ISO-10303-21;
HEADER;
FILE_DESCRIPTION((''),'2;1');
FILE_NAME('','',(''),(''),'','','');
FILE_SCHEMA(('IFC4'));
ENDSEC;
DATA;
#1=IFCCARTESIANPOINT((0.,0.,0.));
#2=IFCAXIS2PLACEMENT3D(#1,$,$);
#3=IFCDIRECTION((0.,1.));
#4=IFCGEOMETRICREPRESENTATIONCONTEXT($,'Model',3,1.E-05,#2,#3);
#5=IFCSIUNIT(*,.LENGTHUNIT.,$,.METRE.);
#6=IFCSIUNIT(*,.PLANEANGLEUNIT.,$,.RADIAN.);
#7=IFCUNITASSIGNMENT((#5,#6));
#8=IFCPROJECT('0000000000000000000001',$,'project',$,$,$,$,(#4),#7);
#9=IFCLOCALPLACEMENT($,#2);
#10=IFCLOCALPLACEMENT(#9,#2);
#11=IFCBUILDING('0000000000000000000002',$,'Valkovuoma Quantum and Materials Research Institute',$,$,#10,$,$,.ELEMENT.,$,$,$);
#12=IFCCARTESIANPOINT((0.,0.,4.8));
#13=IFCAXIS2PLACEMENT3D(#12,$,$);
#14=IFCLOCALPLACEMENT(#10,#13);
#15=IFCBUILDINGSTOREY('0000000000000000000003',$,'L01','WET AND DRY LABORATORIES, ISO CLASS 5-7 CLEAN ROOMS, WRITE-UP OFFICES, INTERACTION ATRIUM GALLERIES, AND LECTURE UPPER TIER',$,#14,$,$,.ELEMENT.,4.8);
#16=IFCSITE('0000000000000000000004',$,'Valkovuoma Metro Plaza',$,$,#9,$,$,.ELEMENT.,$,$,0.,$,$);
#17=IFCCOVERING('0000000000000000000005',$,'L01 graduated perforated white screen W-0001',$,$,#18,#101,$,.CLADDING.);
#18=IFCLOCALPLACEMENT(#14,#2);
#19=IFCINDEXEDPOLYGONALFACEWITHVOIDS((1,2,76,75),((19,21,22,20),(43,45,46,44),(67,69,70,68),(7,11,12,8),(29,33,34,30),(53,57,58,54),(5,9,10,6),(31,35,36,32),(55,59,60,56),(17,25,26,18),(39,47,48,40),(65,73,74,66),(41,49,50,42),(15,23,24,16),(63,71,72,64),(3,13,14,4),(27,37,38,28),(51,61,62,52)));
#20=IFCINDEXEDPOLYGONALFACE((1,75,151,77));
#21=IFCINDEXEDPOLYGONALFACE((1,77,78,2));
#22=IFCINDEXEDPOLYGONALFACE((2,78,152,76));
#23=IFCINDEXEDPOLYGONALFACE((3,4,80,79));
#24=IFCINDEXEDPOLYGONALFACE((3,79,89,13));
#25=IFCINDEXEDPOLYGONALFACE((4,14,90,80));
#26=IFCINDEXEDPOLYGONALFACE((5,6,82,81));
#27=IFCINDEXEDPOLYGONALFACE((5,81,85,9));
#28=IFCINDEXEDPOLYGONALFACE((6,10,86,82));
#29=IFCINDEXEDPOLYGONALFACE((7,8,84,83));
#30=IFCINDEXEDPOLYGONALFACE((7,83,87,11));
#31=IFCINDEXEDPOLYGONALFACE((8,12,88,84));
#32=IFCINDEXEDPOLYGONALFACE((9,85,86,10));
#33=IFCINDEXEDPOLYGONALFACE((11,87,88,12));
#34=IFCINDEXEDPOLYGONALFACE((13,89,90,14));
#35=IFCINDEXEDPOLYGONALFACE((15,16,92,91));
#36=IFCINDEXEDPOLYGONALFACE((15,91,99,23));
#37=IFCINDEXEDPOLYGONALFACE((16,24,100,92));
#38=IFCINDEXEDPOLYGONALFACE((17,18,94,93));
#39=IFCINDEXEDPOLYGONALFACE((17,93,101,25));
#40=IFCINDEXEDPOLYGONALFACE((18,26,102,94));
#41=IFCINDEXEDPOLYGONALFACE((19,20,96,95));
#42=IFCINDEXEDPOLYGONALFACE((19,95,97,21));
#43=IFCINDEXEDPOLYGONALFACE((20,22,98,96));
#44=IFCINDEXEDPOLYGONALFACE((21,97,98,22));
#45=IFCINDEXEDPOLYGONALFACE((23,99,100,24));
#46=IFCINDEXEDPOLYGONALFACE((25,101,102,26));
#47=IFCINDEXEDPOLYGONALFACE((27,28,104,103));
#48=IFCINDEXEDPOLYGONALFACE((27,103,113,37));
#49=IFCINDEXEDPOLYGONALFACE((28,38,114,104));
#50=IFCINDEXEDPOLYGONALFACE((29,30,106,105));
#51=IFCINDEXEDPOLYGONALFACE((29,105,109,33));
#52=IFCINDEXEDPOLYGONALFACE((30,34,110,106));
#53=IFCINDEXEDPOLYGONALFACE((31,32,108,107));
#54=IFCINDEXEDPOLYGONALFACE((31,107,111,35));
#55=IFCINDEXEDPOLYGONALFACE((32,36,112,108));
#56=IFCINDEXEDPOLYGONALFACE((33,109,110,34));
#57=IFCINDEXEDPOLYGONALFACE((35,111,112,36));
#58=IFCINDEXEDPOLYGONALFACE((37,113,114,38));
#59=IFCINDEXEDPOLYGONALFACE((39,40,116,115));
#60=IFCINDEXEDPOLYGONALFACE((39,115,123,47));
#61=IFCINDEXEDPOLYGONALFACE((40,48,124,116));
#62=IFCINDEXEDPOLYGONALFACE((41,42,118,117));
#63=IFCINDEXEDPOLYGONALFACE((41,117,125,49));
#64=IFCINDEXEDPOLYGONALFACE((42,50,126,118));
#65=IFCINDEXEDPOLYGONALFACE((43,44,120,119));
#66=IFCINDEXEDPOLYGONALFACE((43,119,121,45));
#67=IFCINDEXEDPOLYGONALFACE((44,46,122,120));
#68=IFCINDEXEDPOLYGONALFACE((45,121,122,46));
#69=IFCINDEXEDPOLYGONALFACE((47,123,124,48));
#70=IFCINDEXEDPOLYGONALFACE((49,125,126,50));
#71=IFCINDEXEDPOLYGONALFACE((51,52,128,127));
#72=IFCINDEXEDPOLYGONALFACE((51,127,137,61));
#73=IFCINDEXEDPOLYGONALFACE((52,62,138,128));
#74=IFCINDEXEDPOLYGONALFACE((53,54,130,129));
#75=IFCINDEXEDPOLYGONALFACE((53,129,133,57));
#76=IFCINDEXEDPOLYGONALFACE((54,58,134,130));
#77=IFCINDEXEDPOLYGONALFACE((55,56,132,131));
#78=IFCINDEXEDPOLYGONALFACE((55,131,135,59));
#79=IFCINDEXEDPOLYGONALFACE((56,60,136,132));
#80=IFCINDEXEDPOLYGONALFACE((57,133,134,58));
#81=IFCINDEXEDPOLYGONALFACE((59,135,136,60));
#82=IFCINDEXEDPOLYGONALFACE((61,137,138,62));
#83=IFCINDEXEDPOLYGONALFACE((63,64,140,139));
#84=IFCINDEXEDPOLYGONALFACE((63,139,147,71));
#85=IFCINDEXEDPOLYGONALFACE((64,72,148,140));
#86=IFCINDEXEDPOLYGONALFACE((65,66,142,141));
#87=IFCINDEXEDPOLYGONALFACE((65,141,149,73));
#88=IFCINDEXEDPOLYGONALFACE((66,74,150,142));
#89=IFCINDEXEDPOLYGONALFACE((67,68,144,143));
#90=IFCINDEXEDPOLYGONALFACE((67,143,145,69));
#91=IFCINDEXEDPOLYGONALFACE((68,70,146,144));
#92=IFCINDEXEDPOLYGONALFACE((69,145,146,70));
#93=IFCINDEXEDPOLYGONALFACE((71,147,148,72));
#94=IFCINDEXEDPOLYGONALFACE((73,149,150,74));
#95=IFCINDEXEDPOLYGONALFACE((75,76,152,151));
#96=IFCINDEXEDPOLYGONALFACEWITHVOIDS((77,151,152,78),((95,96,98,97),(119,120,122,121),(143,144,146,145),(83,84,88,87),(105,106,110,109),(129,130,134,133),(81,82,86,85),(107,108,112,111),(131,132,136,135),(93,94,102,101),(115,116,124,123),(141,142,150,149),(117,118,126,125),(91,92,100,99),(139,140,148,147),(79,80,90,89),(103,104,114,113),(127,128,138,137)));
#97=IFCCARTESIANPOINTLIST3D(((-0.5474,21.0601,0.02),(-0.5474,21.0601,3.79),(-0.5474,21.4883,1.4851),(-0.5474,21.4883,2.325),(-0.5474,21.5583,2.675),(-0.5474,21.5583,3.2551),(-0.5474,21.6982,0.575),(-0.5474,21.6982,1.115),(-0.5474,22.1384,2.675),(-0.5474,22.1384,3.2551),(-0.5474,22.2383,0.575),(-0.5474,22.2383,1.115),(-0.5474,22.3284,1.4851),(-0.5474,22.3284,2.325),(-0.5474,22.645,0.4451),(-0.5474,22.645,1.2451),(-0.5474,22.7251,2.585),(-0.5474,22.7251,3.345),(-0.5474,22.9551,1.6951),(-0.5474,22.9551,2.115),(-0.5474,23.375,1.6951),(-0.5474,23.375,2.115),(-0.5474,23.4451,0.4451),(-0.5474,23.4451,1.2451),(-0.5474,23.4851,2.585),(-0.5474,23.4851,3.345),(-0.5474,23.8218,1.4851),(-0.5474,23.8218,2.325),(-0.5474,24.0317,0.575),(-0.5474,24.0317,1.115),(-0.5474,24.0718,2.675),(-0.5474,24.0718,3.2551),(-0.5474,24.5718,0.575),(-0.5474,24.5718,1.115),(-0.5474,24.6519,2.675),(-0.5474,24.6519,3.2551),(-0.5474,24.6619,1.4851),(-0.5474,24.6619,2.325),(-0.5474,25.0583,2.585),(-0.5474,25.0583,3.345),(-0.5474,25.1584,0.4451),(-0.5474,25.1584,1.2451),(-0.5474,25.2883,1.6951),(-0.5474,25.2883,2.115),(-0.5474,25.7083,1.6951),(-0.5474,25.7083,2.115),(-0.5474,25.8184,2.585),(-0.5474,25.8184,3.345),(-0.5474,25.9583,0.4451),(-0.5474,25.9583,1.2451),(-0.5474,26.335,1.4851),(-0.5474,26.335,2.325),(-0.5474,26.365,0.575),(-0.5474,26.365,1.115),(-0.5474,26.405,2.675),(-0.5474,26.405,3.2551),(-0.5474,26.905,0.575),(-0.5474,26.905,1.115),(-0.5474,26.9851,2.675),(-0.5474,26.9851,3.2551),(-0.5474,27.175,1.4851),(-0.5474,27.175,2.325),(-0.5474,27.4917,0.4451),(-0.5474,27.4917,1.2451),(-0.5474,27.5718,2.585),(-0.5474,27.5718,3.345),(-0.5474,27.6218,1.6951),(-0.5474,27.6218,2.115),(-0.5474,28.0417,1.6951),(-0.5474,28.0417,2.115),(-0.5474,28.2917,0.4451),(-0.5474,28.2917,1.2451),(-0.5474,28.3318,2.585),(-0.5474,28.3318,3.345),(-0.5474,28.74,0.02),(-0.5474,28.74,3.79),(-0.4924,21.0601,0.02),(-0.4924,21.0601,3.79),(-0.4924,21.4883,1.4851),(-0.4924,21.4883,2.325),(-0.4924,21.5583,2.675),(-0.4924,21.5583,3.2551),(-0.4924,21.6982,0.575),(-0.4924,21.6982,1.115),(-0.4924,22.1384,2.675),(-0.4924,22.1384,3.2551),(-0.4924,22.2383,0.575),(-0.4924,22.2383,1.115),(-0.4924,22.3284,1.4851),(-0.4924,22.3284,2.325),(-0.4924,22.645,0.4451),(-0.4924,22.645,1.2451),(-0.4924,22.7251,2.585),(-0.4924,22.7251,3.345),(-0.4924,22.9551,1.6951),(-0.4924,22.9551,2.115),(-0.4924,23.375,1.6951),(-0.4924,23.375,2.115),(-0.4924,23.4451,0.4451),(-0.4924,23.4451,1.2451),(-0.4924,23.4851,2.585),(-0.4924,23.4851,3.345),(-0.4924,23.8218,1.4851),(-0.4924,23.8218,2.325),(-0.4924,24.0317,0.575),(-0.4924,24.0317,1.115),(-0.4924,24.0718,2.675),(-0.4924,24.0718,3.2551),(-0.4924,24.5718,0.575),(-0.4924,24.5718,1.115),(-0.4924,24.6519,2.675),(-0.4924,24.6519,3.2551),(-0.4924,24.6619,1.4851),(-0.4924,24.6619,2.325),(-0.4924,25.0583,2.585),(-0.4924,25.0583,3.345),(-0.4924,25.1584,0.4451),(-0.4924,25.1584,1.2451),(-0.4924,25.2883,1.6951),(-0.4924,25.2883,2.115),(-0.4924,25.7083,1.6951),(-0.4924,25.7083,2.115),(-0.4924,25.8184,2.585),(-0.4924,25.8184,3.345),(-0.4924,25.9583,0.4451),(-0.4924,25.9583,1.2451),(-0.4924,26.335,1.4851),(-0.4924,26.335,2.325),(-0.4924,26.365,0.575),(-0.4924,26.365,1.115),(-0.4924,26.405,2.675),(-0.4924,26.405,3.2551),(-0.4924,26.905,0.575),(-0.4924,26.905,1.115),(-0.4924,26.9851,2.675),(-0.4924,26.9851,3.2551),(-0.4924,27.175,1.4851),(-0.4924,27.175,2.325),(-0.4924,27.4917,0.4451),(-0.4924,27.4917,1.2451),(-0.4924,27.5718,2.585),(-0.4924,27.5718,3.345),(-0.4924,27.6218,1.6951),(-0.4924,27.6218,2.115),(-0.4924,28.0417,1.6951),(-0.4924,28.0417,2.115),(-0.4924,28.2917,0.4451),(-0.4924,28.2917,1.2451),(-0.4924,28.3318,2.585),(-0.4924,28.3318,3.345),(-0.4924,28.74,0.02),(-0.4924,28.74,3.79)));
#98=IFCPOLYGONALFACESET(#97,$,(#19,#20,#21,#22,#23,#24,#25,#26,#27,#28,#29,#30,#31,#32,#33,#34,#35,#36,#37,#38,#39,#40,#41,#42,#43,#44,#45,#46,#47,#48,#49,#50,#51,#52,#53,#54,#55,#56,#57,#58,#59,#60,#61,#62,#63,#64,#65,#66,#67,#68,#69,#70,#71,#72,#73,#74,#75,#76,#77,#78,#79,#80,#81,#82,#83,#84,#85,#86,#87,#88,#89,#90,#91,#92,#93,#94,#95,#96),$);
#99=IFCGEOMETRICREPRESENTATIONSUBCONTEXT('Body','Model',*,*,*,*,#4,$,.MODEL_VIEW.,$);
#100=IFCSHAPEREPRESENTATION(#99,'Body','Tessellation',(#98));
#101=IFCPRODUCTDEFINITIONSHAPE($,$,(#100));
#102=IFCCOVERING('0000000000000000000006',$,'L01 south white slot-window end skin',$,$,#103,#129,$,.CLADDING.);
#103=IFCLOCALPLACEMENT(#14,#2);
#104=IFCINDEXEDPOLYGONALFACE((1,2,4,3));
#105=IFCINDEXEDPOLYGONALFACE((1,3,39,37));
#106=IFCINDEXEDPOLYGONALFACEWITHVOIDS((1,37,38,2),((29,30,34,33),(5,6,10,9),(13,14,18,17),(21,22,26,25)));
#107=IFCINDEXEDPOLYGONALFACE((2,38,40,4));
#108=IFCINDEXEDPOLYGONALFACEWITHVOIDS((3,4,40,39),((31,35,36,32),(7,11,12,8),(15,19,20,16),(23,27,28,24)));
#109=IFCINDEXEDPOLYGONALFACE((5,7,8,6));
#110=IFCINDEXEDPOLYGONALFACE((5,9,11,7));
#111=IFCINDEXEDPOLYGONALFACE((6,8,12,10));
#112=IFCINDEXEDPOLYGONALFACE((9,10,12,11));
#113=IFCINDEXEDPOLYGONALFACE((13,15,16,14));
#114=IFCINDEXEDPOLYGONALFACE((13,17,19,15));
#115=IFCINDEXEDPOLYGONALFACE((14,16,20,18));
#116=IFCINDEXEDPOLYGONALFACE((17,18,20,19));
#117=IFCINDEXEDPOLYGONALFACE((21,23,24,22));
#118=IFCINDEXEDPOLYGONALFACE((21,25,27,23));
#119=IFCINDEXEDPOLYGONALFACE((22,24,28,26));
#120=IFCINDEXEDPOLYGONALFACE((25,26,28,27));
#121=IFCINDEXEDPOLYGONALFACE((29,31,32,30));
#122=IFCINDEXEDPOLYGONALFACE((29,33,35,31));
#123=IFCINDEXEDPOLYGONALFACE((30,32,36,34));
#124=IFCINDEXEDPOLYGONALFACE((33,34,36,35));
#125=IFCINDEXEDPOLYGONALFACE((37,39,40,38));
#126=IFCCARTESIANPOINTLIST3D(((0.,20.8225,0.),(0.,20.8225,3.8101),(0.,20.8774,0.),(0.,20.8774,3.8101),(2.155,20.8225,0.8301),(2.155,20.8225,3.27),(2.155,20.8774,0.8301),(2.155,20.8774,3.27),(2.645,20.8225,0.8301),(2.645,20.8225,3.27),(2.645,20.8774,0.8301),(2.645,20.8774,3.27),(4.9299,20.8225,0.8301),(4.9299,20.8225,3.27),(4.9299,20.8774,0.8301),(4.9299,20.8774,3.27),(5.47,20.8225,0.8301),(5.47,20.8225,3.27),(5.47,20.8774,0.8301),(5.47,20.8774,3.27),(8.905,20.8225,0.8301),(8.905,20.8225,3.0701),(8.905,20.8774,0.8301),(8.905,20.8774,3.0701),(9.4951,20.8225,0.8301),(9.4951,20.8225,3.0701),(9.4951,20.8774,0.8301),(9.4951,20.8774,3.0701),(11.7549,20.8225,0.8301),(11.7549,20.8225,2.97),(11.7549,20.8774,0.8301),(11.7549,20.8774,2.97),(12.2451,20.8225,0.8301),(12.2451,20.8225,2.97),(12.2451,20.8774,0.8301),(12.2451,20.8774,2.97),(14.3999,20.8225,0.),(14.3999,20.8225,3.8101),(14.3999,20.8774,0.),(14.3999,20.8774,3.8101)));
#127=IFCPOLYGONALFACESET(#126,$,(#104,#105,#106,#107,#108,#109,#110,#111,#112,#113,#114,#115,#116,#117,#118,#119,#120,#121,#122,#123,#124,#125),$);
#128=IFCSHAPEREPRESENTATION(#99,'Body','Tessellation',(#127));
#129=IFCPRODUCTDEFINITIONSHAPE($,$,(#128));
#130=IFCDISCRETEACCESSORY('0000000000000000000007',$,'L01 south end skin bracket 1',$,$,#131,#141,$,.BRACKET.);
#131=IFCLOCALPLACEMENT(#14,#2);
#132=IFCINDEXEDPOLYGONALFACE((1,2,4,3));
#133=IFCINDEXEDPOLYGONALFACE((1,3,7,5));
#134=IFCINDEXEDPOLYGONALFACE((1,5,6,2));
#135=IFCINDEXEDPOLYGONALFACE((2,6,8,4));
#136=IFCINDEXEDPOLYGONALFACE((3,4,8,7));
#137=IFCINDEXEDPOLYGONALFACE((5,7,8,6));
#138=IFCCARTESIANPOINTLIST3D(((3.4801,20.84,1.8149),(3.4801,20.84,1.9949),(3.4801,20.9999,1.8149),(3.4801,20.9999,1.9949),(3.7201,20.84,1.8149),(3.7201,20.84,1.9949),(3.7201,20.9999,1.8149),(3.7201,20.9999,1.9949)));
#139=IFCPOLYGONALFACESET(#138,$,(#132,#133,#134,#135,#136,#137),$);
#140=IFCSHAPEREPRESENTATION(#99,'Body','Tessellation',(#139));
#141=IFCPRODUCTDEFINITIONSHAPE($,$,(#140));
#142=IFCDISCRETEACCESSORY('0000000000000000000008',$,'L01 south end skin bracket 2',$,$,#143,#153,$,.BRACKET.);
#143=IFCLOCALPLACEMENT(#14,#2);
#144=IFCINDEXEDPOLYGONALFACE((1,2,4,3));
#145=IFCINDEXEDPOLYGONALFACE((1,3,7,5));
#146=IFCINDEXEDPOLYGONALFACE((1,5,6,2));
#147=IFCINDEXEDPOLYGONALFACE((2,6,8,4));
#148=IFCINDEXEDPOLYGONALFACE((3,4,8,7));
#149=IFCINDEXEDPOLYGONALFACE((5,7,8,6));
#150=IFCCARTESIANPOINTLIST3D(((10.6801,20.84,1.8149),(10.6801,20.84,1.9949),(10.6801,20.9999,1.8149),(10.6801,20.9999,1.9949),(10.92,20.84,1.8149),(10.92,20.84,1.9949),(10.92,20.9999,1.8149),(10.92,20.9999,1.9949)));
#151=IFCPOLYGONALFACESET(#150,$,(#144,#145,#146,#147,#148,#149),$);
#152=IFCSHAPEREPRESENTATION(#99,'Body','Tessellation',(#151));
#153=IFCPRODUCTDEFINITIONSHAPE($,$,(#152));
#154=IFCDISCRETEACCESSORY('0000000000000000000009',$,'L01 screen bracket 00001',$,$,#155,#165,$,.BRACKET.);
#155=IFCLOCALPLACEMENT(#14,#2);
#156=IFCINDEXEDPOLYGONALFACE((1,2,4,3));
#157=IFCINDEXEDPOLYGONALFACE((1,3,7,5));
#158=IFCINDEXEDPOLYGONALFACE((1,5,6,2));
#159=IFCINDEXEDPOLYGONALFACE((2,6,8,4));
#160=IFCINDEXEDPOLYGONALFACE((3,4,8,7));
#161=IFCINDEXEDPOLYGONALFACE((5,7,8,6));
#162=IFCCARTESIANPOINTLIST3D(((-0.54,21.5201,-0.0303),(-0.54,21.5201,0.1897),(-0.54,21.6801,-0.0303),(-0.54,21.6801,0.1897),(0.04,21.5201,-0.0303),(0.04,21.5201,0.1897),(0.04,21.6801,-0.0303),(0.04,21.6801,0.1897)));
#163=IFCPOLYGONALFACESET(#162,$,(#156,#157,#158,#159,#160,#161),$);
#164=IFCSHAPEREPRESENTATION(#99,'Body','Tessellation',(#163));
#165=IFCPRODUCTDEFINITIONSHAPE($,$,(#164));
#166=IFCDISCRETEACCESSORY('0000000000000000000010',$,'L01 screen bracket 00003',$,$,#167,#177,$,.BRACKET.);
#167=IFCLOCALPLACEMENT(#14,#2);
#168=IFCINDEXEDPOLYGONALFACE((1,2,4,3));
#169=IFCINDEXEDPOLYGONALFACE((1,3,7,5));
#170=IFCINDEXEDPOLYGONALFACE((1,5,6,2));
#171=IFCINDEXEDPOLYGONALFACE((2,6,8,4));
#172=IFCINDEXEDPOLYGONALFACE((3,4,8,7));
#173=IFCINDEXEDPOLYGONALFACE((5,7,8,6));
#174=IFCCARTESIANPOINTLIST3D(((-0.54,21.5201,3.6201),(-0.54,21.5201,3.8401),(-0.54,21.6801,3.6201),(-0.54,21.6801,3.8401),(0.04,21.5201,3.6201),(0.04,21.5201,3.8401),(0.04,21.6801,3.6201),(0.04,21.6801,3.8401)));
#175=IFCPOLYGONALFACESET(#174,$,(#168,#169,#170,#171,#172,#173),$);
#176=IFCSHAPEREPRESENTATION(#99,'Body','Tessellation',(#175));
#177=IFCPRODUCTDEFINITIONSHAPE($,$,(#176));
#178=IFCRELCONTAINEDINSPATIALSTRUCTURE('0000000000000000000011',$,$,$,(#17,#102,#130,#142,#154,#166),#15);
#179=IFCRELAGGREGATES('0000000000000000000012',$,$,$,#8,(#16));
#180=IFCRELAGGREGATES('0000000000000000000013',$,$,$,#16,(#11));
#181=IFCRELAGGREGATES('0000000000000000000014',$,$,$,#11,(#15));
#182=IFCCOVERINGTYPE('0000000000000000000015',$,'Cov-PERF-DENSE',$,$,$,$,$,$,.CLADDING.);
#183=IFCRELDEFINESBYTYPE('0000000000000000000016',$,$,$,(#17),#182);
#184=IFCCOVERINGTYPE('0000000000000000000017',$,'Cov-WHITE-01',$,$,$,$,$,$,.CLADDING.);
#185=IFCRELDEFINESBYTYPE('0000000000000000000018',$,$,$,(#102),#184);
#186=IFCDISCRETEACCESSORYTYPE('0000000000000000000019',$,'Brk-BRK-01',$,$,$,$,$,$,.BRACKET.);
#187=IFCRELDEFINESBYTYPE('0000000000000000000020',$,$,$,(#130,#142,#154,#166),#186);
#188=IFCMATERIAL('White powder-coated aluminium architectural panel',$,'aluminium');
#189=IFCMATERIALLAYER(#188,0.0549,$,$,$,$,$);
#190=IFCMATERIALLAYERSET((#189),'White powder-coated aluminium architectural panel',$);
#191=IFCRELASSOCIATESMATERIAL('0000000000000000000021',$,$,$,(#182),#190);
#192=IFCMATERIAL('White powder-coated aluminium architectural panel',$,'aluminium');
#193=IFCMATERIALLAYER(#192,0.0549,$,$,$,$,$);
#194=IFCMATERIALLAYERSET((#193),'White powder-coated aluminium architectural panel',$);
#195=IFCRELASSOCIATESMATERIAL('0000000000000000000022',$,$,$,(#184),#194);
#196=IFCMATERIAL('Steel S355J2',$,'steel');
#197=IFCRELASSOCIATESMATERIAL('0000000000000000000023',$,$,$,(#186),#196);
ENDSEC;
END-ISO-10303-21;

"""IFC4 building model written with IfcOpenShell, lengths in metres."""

from ifc_helpers import new_model, si_unit, direction, frame, origin, origin_2d, place, context, subcontext, project, spatial, polyline, rectangle, outline, extrude, material, layer, layer_set, type_object, element, save


model = new_model("IFC4")

# Units and contexts
model_context = context("Model", 3, precision=1e-05, world=origin(), true_north=direction((0.0, 1.0)))
body_context = subcontext(model_context, "Body", "Model", "MODEL_VIEW")
ifc_project = project(units=[si_unit("LENGTHUNIT", "METRE"), si_unit("PLANEANGLEUNIT", "RADIAN")], contexts=[model_context])

# Site, building, storey
site_placement = place(None, origin())
site = spatial("IfcSite", under=ifc_project, at=site_placement, Name="Valkovuoma Metro Plaza", CompositionType="ELEMENT", RefElevation=0.0)
building_placement = place(site_placement, origin())
building = spatial("IfcBuilding", under=site, at=building_placement, Name="Valkovuoma Quantum and Materials Research Institute", CompositionType="ELEMENT")
storey_placement = place(building_placement, frame((0.0, 0.0, 4.8)))
storey = spatial("IfcBuildingStorey", under=building, at=storey_placement, Name="L01", Description="WET AND DRY LABORATORIES, ISO CLASS 5-7 CLEAN ROOMS, WRITE-UP OFFICES, INTERACTION ATRIUM GALLERIES, AND LECTURE UPPER TIER", CompositionType="ELEMENT", Elevation=4.8)

# Coverings
ifc_material_1 = material(Name="White powder-coated aluminium architectural panel", Category="aluminium")
ifc_layer_1 = layer(ifc_material_1, 0.0549)
ifc_layer_set_1 = layer_set([ifc_layer_1], Name="White powder-coated aluminium architectural panel")
covering_type_1 = type_object("IfcCoveringType", Name="Cov-PERF-DENSE", PredefinedType="CLADDING", material=ifc_layer_set_1)
covering_1_placement = place(storey_placement, frame((-0.52, 21.0601, 0.02), z_axis=(0.0, 0.0, 1.0), x_axis=(0.0, 1.0, 0.0)))
element("IfcCovering", 1, at=covering_1_placement, inside=storey, type_object=covering_type_1, Name="L01 graduated perforated white screen W-0001", PredefinedType="CLADDING", context=body_context, shape_type="SweptSolid", body=[
    extrude(outline(polyline([(0.0, 0.0), (7.6799, 0.0), (7.6799, 3.77), (0.0, 3.77), (0.0, 0.0)]), holes=[polyline([(0.6382, 0.5549), (0.6382, 1.095), (1.1782, 1.095), (1.1782, 0.5549), (0.6382, 0.5549)]), polyline([(0.4282, 1.4651), (0.4282, 2.3049), (1.2683, 2.3049), (1.2683, 1.4651), (0.4282, 1.4651)]), polyline([(0.4983, 2.655), (0.4983, 3.2351), (1.0784, 3.2351), (1.0784, 2.655), (0.4983, 2.655)]), polyline([(1.585, 0.425), (1.585, 1.2251), (2.385, 1.2251), (2.385, 0.425), (1.585, 0.425)]), polyline([(1.895, 1.675), (1.895, 2.095), (2.3149, 2.095), (2.3149, 1.675), (1.895, 1.675)]), polyline([(1.665, 2.5649), (1.665, 3.325), (2.425, 3.325), (2.425, 2.5649), (1.665, 2.5649)]), polyline([(2.9717, 0.5549), (2.9717, 1.095), (3.5117, 1.095), (3.5117, 0.5549), (2.9717, 0.5549)]), polyline([(2.7617, 1.4651), (2.7617, 2.3049), (3.6018, 2.3049), (3.6018, 1.4651), (2.7617, 1.4651)]), polyline([(3.0117, 2.655), (3.0117, 3.2351), (3.5918, 3.2351), (3.5918, 2.655), (3.0117, 2.655)]), polyline([(4.0984, 0.425), (4.0984, 1.2251), (4.8982, 1.2251), (4.8982, 0.425), (4.0984, 0.425)]), polyline([(4.2283, 1.675), (4.2283, 2.095), (4.6482, 2.095), (4.6482, 1.675), (4.2283, 1.675)]), polyline([(3.9983, 2.5649), (3.9983, 3.325), (4.7583, 3.325), (4.7583, 2.5649), (3.9983, 2.5649)]), polyline([(5.3049, 0.5549), (5.3049, 1.095), (5.845, 1.095), (5.845, 0.5549), (5.3049, 0.5549)]), polyline([(5.2749, 1.4651), (5.2749, 2.3049), (6.115, 2.3049), (6.115, 1.4651), (5.2749, 1.4651)]), polyline([(5.345, 2.655), (5.345, 3.2351), (5.925, 3.2351), (5.925, 2.655), (5.345, 2.655)]), polyline([(6.4316, 0.425), (6.4316, 1.2251), (7.2317, 1.2251), (7.2317, 0.425), (6.4316, 0.425)]), polyline([(6.5618, 1.675), (6.5618, 2.095), (6.9817, 2.095), (6.9817, 1.675), (6.5618, 1.675)]), polyline([(6.5117, 2.5649), (6.5117, 3.325), (7.2717, 3.325), (7.2717, 2.5649), (6.5117, 2.5649)])]), frame((0.0, 0.0273, 0.0), z_axis=(0.0, -1.0, 0.0), x_axis=(1.0, 0.0, 0.0)), (0.0, 0.0, 1.0), 0.0549),
])
ifc_material_2 = material(Name="White powder-coated aluminium architectural panel", Category="aluminium")
ifc_layer_2 = layer(ifc_material_2, 0.0549)
ifc_layer_set_2 = layer_set([ifc_layer_2], Name="White powder-coated aluminium architectural panel")
covering_type_2 = type_object("IfcCoveringType", Name="Cov-WHITE-01", PredefinedType="CLADDING", material=ifc_layer_set_2)
covering_2_placement = place(storey_placement, frame((0.0, 20.8501, 0.0), z_axis=(0.0, 0.0, 1.0), x_axis=(1.0, 0.0, 0.0)))
element("IfcCovering", 2, at=covering_2_placement, inside=storey, type_object=covering_type_2, Name="L01 south white slot-window end skin", PredefinedType="CLADDING", context=body_context, shape_type="SweptSolid", body=[
    extrude(outline(polyline([(0.0, 0.0), (14.3999, 0.0), (14.3999, 3.8101), (0.0, 3.8101), (0.0, 0.0)]), holes=[polyline([(2.155, 0.8301), (2.155, 3.27), (2.645, 3.27), (2.645, 0.8301), (2.155, 0.8301)]), polyline([(4.9299, 0.8301), (4.9299, 3.27), (5.47, 3.27), (5.47, 0.8301), (4.9299, 0.8301)]), polyline([(8.905, 0.8301), (8.905, 3.0701), (9.4951, 3.0701), (9.4951, 0.8301), (8.905, 0.8301)]), polyline([(11.7549, 0.8301), (11.7549, 2.97), (12.2451, 2.97), (12.2451, 0.8301), (11.7549, 0.8301)])]), frame((0.0, 0.0273, 0.0), z_axis=(0.0, -1.0, 0.0), x_axis=(1.0, 0.0, 0.0)), (0.0, 0.0, 1.0), 0.0549),
])

# Discrete accessories
ifc_material_3 = material(Name="Steel S355J2", Category="steel")
discrete_accessory_type_1 = type_object("IfcDiscreteAccessoryType", Name="Brk-BRK-01", PredefinedType="BRACKET", material=ifc_material_3)
for number, where, z_axis, x_axis, name in (
    (3, (3.6001, 20.9199, 1.8149), (0.0, 0.0, 1.0), (0.0, 1.0, 0.0), "L01 south end skin bracket 1"),
    (4, (10.8, 20.9199, 1.8149), (0.0, 0.0, 1.0), (0.0, 1.0, 0.0), "L01 south end skin bracket 2"),
):
    element("IfcDiscreteAccessory", number, at=place(storey_placement, frame(where, z_axis=z_axis, x_axis=x_axis)), inside=storey, type_object=discrete_accessory_type_1, Name=name, PredefinedType="BRACKET", context=body_context, shape_type="SweptSolid", body=[
        extrude(rectangle(XDim=0.1599, YDim=0.24, at=origin_2d()), origin(), (0.0, 0.0, 1.0), 0.1799),
    ])
for number, where, z_axis, x_axis, name in (
    (5, (-0.25, 21.6001, -0.0303), (0.0, 0.0, 1.0), (1.0, 0.0, 0.0), "L01 screen bracket 00001"),
    (6, (-0.25, 21.6001, 3.6201), (0.0, 0.0, 1.0), (1.0, 0.0, 0.0), "L01 screen bracket 00003"),
):
    element("IfcDiscreteAccessory", number, at=place(storey_placement, frame(where, z_axis=z_axis, x_axis=x_axis)), inside=storey, type_object=discrete_accessory_type_1, Name=name, PredefinedType="BRACKET", context=body_context, shape_type="SweptSolid", body=[
        extrude(rectangle(XDim=0.5801, YDim=0.1599, at=origin_2d()), origin(), (0.0, 0.0, 1.0), 0.22),
    ])

save(model, "model.ifc")
